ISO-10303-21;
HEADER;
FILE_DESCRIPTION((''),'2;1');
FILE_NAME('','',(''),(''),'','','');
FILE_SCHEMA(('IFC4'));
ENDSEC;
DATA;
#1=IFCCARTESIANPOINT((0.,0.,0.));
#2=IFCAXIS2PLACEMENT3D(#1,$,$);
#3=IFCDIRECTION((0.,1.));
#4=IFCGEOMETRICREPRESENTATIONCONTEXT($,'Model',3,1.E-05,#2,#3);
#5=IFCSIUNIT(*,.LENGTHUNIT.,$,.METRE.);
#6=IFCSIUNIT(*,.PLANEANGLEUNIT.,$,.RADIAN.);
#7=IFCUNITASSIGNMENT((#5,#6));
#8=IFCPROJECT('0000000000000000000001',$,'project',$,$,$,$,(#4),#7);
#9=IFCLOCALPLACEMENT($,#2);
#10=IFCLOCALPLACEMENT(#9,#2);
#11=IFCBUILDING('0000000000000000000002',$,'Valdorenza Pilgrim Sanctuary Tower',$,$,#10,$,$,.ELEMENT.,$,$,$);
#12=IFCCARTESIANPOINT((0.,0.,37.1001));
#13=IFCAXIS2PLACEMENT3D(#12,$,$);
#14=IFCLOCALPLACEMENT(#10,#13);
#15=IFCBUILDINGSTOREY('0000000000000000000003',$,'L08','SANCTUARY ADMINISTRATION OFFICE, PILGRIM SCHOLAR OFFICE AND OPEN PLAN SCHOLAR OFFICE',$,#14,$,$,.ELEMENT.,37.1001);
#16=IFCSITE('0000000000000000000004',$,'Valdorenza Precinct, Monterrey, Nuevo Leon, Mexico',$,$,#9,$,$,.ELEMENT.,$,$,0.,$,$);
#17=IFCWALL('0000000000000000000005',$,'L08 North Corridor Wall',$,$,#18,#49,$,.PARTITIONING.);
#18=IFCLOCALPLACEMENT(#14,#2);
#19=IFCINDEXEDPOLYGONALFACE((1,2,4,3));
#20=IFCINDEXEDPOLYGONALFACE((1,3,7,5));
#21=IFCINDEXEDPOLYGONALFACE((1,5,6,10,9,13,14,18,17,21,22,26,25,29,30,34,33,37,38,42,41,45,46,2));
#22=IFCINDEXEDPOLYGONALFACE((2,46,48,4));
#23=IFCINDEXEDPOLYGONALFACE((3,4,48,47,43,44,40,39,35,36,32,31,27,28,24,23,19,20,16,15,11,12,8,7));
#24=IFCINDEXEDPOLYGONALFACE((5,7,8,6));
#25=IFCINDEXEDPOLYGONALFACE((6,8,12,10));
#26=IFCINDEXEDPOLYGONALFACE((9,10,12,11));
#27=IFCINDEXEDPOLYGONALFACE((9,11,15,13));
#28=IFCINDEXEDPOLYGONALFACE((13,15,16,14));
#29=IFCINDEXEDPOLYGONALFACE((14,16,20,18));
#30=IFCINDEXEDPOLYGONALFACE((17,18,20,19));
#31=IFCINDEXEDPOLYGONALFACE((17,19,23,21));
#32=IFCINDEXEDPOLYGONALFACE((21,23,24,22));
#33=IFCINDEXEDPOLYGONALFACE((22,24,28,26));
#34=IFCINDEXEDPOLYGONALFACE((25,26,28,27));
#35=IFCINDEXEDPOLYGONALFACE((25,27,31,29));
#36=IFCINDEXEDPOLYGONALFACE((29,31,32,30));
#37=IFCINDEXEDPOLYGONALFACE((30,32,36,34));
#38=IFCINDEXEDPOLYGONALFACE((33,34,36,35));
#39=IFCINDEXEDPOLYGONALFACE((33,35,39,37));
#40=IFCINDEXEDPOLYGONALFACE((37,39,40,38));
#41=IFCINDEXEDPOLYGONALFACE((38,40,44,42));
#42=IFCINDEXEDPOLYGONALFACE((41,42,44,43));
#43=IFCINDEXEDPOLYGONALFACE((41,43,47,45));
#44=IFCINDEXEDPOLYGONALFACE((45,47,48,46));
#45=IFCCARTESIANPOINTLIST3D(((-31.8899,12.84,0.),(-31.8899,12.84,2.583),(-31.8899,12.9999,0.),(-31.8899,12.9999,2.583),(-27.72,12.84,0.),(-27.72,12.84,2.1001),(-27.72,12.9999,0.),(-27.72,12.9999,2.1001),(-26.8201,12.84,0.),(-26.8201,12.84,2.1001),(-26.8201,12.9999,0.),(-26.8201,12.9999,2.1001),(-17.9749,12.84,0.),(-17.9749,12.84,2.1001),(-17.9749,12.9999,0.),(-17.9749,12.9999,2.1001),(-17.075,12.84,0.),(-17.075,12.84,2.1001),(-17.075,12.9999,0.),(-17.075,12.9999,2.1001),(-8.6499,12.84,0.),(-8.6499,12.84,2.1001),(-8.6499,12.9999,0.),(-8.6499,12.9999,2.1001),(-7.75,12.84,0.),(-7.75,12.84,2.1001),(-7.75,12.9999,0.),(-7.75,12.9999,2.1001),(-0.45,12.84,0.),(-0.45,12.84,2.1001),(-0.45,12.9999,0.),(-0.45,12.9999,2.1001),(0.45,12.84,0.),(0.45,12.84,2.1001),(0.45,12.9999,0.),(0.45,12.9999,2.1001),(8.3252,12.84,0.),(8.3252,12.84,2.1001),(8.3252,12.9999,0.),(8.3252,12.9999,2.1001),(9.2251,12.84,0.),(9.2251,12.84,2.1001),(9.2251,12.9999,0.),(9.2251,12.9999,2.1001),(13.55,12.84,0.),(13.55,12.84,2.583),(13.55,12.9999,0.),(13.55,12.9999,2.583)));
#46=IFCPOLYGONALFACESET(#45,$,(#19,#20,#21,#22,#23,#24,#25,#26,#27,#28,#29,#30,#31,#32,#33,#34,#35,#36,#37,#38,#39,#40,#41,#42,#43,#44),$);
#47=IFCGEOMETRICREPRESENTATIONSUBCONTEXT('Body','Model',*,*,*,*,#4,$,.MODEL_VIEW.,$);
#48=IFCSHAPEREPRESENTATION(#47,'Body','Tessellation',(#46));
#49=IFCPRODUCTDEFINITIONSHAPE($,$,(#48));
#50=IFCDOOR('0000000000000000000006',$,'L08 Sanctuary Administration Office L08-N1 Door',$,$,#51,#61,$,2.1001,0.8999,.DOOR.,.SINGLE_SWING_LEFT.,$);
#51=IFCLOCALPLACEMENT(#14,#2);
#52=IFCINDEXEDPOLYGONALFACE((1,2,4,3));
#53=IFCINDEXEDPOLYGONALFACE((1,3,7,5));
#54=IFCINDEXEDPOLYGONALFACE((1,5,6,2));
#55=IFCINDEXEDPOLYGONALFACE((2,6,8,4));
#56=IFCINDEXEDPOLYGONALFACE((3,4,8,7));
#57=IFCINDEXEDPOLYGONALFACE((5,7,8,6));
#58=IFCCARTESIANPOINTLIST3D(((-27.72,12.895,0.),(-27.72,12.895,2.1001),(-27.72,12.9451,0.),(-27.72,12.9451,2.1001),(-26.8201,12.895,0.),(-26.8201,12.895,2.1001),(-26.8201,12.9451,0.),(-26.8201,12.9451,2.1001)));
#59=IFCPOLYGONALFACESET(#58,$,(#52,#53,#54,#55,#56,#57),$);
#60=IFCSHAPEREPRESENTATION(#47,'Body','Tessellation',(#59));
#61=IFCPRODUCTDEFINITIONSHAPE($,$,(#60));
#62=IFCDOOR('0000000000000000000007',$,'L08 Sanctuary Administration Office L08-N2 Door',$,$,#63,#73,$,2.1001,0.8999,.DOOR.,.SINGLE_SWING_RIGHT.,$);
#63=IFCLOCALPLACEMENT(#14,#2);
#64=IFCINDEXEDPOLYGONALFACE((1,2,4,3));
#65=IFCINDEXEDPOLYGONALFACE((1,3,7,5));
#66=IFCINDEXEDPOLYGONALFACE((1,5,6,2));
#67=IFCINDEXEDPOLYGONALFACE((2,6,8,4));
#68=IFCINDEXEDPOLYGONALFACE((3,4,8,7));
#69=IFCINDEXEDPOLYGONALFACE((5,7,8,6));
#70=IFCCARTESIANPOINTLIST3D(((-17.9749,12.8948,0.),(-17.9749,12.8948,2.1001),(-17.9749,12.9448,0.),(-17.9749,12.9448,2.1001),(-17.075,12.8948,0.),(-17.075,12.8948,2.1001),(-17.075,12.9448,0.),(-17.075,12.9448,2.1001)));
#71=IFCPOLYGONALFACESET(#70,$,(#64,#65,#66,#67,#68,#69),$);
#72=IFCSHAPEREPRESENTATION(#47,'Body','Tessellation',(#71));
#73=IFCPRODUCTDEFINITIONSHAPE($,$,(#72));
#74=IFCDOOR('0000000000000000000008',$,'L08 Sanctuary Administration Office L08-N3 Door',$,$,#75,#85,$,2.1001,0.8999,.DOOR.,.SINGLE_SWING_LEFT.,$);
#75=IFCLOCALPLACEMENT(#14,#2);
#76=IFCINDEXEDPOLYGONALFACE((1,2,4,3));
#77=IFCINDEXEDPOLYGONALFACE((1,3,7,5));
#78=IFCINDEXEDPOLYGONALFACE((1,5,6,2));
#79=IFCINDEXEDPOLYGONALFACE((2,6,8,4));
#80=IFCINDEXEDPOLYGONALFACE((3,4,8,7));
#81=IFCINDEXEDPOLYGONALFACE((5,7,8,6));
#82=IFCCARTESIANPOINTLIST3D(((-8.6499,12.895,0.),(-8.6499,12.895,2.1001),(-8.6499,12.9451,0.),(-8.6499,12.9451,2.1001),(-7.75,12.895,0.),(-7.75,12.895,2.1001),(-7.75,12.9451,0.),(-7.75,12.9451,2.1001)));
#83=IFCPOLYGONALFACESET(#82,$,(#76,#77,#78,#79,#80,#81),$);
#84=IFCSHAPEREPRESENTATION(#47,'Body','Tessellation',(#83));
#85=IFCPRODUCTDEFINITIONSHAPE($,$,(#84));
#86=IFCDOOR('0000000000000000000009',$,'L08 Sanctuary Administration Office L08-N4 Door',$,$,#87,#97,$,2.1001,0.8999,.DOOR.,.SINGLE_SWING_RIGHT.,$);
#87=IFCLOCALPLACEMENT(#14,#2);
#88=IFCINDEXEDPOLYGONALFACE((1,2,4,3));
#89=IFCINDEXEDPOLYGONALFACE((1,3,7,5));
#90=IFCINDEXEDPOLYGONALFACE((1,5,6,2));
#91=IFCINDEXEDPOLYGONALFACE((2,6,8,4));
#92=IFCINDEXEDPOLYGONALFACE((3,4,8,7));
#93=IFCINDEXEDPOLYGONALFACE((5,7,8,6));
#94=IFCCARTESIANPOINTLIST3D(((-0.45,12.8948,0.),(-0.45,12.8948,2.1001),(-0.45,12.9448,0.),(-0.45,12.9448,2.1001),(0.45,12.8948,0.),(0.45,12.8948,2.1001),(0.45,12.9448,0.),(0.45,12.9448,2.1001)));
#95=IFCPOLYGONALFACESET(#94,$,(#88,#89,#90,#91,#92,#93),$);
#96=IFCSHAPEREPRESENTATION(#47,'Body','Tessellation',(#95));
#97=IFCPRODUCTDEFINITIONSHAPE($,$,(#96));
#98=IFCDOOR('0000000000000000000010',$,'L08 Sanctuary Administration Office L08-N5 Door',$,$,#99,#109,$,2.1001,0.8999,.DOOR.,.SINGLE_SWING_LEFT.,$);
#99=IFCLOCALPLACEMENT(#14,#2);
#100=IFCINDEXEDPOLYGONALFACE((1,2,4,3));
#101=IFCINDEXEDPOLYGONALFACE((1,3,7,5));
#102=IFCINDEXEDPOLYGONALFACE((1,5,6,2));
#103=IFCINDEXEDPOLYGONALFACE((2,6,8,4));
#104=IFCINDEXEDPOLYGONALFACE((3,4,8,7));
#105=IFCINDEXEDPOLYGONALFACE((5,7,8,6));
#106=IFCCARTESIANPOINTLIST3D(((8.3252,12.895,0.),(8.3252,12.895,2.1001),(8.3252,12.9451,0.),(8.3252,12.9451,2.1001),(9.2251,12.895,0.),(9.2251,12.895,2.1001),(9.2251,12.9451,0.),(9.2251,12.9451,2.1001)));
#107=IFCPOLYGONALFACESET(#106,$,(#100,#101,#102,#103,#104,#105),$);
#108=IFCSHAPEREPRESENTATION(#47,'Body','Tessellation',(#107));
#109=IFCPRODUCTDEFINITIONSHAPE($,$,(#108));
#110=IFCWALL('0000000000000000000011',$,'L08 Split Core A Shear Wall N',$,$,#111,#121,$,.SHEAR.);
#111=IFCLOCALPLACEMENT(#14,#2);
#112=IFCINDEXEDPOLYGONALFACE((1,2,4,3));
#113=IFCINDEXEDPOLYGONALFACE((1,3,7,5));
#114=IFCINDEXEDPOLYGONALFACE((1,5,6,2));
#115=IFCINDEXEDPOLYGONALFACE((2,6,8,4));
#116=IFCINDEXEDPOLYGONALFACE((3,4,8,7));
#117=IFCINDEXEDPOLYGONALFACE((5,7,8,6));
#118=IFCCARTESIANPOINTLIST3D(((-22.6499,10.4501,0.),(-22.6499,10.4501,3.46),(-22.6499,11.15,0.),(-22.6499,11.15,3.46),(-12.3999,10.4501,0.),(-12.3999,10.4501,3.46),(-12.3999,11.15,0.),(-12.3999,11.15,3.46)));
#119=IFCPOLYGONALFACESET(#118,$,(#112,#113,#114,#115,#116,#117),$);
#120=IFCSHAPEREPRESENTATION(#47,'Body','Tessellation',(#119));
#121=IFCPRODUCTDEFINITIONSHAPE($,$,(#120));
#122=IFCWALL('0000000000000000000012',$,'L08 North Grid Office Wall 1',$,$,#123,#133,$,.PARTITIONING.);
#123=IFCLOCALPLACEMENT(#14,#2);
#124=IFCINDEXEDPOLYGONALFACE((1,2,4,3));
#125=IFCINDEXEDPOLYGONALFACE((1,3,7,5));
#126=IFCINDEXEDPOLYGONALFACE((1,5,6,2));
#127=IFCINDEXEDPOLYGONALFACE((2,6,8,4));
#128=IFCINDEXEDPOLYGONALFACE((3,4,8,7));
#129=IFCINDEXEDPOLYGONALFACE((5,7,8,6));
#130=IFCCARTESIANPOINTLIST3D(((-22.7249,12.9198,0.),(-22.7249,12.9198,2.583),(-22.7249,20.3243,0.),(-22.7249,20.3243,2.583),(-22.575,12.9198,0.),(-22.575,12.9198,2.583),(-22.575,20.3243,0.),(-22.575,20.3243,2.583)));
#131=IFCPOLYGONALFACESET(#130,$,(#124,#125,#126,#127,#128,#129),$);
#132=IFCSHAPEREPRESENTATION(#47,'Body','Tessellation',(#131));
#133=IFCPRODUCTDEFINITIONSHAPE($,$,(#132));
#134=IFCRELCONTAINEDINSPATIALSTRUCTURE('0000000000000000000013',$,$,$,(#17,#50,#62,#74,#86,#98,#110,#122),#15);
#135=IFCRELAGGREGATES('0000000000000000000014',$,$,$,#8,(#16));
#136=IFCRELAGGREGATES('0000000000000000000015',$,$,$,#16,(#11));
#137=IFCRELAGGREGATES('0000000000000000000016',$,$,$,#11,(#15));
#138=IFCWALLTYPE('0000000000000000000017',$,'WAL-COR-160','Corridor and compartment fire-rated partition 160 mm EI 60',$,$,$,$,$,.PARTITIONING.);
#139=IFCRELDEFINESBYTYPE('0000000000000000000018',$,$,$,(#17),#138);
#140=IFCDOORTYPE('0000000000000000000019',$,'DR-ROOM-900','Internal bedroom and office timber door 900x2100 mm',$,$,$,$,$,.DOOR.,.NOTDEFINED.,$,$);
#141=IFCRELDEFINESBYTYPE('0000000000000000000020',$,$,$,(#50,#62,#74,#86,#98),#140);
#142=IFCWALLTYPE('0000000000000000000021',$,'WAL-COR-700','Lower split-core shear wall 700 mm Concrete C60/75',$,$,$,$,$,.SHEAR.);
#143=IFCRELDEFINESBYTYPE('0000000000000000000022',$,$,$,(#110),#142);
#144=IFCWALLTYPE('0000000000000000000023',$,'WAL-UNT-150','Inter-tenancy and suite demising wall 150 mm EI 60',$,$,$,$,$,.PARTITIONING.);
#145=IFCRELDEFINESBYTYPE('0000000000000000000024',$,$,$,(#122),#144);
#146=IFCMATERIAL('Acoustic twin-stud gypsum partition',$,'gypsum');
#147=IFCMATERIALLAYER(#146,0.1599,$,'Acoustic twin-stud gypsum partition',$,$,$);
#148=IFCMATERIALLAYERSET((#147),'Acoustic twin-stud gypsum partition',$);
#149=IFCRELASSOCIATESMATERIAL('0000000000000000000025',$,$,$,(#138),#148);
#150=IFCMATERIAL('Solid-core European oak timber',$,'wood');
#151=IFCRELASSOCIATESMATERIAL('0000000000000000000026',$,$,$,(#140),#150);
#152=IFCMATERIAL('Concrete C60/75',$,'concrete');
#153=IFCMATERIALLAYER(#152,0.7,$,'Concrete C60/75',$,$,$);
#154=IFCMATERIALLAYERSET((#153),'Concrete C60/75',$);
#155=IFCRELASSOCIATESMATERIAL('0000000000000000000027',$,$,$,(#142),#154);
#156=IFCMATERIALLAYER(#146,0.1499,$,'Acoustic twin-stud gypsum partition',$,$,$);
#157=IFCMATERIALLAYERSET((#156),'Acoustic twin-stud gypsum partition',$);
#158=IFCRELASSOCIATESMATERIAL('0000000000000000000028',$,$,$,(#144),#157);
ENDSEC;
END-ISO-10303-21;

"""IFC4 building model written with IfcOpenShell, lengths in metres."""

from ifc_helpers import new_model, si_unit, direction, frame, frame_2d, origin, place, context, subcontext, project, spatial, rectangle, extrude, material, layer, layer_set, type_object, element, fill, save


model = new_model("IFC4")

# Units and contexts
model_context = context("Model", 3, precision=1e-05, world=origin(), true_north=direction((0.0, 1.0)))
body_context = subcontext(model_context, "Body", "Model", "MODEL_VIEW")
ifc_project = project(units=[si_unit("LENGTHUNIT", "METRE"), si_unit("PLANEANGLEUNIT", "RADIAN")], contexts=[model_context])

# Site, building, storey
site_placement = place(None, origin())
site = spatial("IfcSite", under=ifc_project, at=site_placement, Name="Valdorenza Precinct, Monterrey, Nuevo Leon, Mexico", CompositionType="ELEMENT", RefElevation=0.0)
building_placement = place(site_placement, origin())
building = spatial("IfcBuilding", under=site, at=building_placement, Name="Valdorenza Pilgrim Sanctuary Tower", CompositionType="ELEMENT")
storey_placement = place(building_placement, frame((0.0, 0.0, 37.1001)))
storey = spatial("IfcBuildingStorey", under=building, at=storey_placement, Name="L08", Description="SANCTUARY ADMINISTRATION OFFICE, PILGRIM SCHOLAR OFFICE AND OPEN PLAN SCHOLAR OFFICE", CompositionType="ELEMENT", Elevation=37.1001)

# Shared definitions
ifc_material_1 = material(Name="Concrete C60/75", Category="concrete")

# Shared definitions
ifc_material_2 = material(Name="Acoustic twin-stud gypsum partition", Category="gypsum")
ifc_layer_1 = layer(ifc_material_2, 0.1599, Name="Acoustic twin-stud gypsum partition")
ifc_layer_set_1 = layer_set([ifc_layer_1], Name="Acoustic twin-stud gypsum partition")
wall_type_1 = type_object("IfcWallType", Name="WAL-COR-160", Description="Corridor and compartment fire-rated partition 160 mm EI 60", PredefinedType="PARTITIONING", material=ifc_layer_set_1)

# Wall, openings, doors
wall_1_placement = place(storey_placement, frame((-31.8899, 12.9199, 0.0), z_axis=(0.0, 0.0, 1.0), x_axis=(1.0, 0.0, 0.0)))
wall_1 = element("IfcWall", 1, at=wall_1_placement, inside=storey, type_object=wall_type_1, Name="L08 North Corridor Wall", PredefinedType="PARTITIONING", context=body_context, shape_type="SweptSolid", body=[
    extrude(rectangle(XDim=45.4399, YDim=0.1599, at=frame_2d((22.72, 0.0))), origin(), (0.0, 0.0, 1.0), 2.583),
])
opening_1_placement = place(wall_1_placement, frame((4.1699, 0.0, 0.0)))
opening_1 = element("IfcOpeningElement", 2, at=opening_1_placement, cuts=wall_1, PredefinedType="OPENING", context=body_context, shape_type="SweptSolid", body=[
    extrude(rectangle(XDim=0.8999, YDim=2.1001, at=frame_2d((0.45, 1.05))), frame((0.0, 0.0947, 0.0), z_axis=(0.0, -1.0, 0.0), x_axis=(1.0, 0.0, 0.0)), (0.0, 0.0, 1.0), 0.1897),
])
opening_2_placement = place(wall_1_placement, frame((13.915, 0.0, 0.0)))
opening_2 = element("IfcOpeningElement", 3, at=opening_2_placement, cuts=wall_1, PredefinedType="OPENING", context=body_context, shape_type="SweptSolid", body=[
    extrude(rectangle(XDim=0.8999, YDim=2.1001, at=frame_2d((0.45, 1.05))), frame((0.0, 0.0947, 0.0), z_axis=(0.0, -1.0, 0.0), x_axis=(1.0, 0.0, 0.0)), (0.0, 0.0, 1.0), 0.1897),
])
opening_3_placement = place(wall_1_placement, frame((23.24, 0.0, 0.0)))
opening_3 = element("IfcOpeningElement", 4, at=opening_3_placement, cuts=wall_1, PredefinedType="OPENING", context=body_context, shape_type="SweptSolid", body=[
    extrude(rectangle(XDim=0.8999, YDim=2.1001, at=frame_2d((0.45, 1.05))), frame((0.0, 0.0947, 0.0), z_axis=(0.0, -1.0, 0.0), x_axis=(1.0, 0.0, 0.0)), (0.0, 0.0, 1.0), 0.1897),
])
opening_4_placement = place(wall_1_placement, frame((31.4399, 0.0, 0.0)))
opening_4 = element("IfcOpeningElement", 5, at=opening_4_placement, cuts=wall_1, PredefinedType="OPENING", context=body_context, shape_type="SweptSolid", body=[
    extrude(rectangle(XDim=0.8999, YDim=2.1001, at=frame_2d((0.45, 1.05))), frame((0.0, 0.0947, 0.0), z_axis=(0.0, -1.0, 0.0), x_axis=(1.0, 0.0, 0.0)), (0.0, 0.0, 1.0), 0.1897),
])
opening_5_placement = place(wall_1_placement, frame((40.2151, 0.0, 0.0)))
opening_5 = element("IfcOpeningElement", 6, at=opening_5_placement, cuts=wall_1, PredefinedType="OPENING", context=body_context, shape_type="SweptSolid", body=[
    extrude(rectangle(XDim=0.8999, YDim=2.1001, at=frame_2d((0.45, 1.05))), frame((0.0, 0.0947, 0.0), z_axis=(0.0, -1.0, 0.0), x_axis=(1.0, 0.0, 0.0)), (0.0, 0.0, 1.0), 0.1897),
])
ifc_material_3 = material(Name="Solid-core European oak timber", Category="wood")
door_type = type_object("IfcDoorType", Name="DR-ROOM-900", Description="Internal bedroom and office timber door 900x2100 mm", OperationType="NOTDEFINED", PredefinedType="DOOR", material=ifc_material_3)
door_1_placement = place(opening_1_placement, frame((0.8999, 0.0, 0.0), z_axis=(0.0, 0.0, 1.0), x_axis=(-1.0, 0.0, 0.0)))
door_1 = element("IfcDoor", 7, at=door_1_placement, inside=storey, type_object=door_type, Name="L08 Sanctuary Administration Office L08-N1 Door", OperationType="SINGLE_SWING_LEFT", OverallHeight=2.1001, OverallWidth=0.8999, PredefinedType="DOOR", context=body_context, shape_type="SweptSolid", body=[
    extrude(rectangle(XDim=0.8999, YDim=2.1001, at=frame_2d((0.45, 1.05))), frame((0.0, 0.0249, 0.0), z_axis=(0.0, -1.0, 0.0), x_axis=(1.0, 0.0, 0.0)), (0.0, 0.0, 1.0), 0.05),
])
fill(opening_1, door_1)
door_2_placement = place(opening_2_placement, origin())
door_2 = element("IfcDoor", 8, at=door_2_placement, inside=storey, type_object=door_type, Name="L08 Sanctuary Administration Office L08-N2 Door", OperationType="SINGLE_SWING_RIGHT", OverallHeight=2.1001, OverallWidth=0.8999, PredefinedType="DOOR", context=body_context, shape_type="SweptSolid", body=[
    extrude(rectangle(XDim=0.8999, YDim=2.1001, at=frame_2d((0.45, 1.05))), frame((0.0, 0.0249, 0.0), z_axis=(0.0, -1.0, 0.0), x_axis=(1.0, 0.0, 0.0)), (0.0, 0.0, 1.0), 0.05),
])
fill(opening_2, door_2)
door_3_placement = place(opening_3_placement, frame((0.8999, 0.0, 0.0), z_axis=(0.0, 0.0, 1.0), x_axis=(-1.0, 0.0, 0.0)))
door_3 = element("IfcDoor", 9, at=door_3_placement, inside=storey, type_object=door_type, Name="L08 Sanctuary Administration Office L08-N3 Door", OperationType="SINGLE_SWING_LEFT", OverallHeight=2.1001, OverallWidth=0.8999, PredefinedType="DOOR", context=body_context, shape_type="SweptSolid", body=[
    extrude(rectangle(XDim=0.8999, YDim=2.1001, at=frame_2d((0.45, 1.05))), frame((0.0, 0.0249, 0.0), z_axis=(0.0, -1.0, 0.0), x_axis=(1.0, 0.0, 0.0)), (0.0, 0.0, 1.0), 0.05),
])
fill(opening_3, door_3)
door_4_placement = place(opening_4_placement, origin())
door_4 = element("IfcDoor", 10, at=door_4_placement, inside=storey, type_object=door_type, Name="L08 Sanctuary Administration Office L08-N4 Door", OperationType="SINGLE_SWING_RIGHT", OverallHeight=2.1001, OverallWidth=0.8999, PredefinedType="DOOR", context=body_context, shape_type="SweptSolid", body=[
    extrude(rectangle(XDim=0.8999, YDim=2.1001, at=frame_2d((0.45, 1.05))), frame((0.0, 0.0249, 0.0), z_axis=(0.0, -1.0, 0.0), x_axis=(1.0, 0.0, 0.0)), (0.0, 0.0, 1.0), 0.05),
])
fill(opening_4, door_4)
door_5_placement = place(opening_5_placement, frame((0.8999, 0.0, 0.0), z_axis=(0.0, 0.0, 1.0), x_axis=(-1.0, 0.0, 0.0)))
door_5 = element("IfcDoor", 11, at=door_5_placement, inside=storey, type_object=door_type, Name="L08 Sanctuary Administration Office L08-N5 Door", OperationType="SINGLE_SWING_LEFT", OverallHeight=2.1001, OverallWidth=0.8999, PredefinedType="DOOR", context=body_context, shape_type="SweptSolid", body=[
    extrude(rectangle(XDim=0.8999, YDim=2.1001, at=frame_2d((0.45, 1.05))), frame((0.0, 0.0249, 0.0), z_axis=(0.0, -1.0, 0.0), x_axis=(1.0, 0.0, 0.0)), (0.0, 0.0, 1.0), 0.05),
])
fill(opening_5, door_5)

# Walls
ifc_layer_2 = layer(ifc_material_1, 0.7, Name="Concrete C60/75")
ifc_layer_set_2 = layer_set([ifc_layer_2], Name="Concrete C60/75")
wall_type_2 = type_object("IfcWallType", Name="WAL-COR-700", Description="Lower split-core shear wall 700 mm Concrete C60/75", PredefinedType="SHEAR", material=ifc_layer_set_2)
wall_2_placement = place(storey_placement, frame((-22.6499, 10.8, 0.0), z_axis=(0.0, 0.0, 1.0), x_axis=(1.0, 0.0, 0.0)))
element("IfcWall", 12, at=wall_2_placement, inside=storey, type_object=wall_type_2, Name="L08 Split Core A Shear Wall N", PredefinedType="SHEAR", context=body_context, shape_type="SweptSolid", body=[
    extrude(rectangle(XDim=10.25, YDim=0.7, at=frame_2d((5.125, 0.0))), origin(), (0.0, 0.0, 1.0), 3.46),
])
ifc_layer_3 = layer(ifc_material_2, 0.1499, Name="Acoustic twin-stud gypsum partition")
ifc_layer_set_3 = layer_set([ifc_layer_3], Name="Acoustic twin-stud gypsum partition")
wall_type_3 = type_object("IfcWallType", Name="WAL-UNT-150", Description="Inter-tenancy and suite demising wall 150 mm EI 60", PredefinedType="PARTITIONING", material=ifc_layer_set_3)
wall_3_placement = place(storey_placement, frame((-22.6499, 12.9199, 0.0), z_axis=(0.0, 0.0, 1.0), x_axis=(0.0, 1.0, 0.0)))
element("IfcWall", 13, at=wall_3_placement, inside=storey, type_object=wall_type_3, Name="L08 North Grid Office Wall 1", PredefinedType="PARTITIONING", context=body_context, shape_type="SweptSolid", body=[
    extrude(rectangle(XDim=7.4045, YDim=0.1499, at=frame_2d((3.7021, 0.0))), origin(), (0.0, 0.0, 1.0), 2.583),
])

save(model, "model.ifc")
